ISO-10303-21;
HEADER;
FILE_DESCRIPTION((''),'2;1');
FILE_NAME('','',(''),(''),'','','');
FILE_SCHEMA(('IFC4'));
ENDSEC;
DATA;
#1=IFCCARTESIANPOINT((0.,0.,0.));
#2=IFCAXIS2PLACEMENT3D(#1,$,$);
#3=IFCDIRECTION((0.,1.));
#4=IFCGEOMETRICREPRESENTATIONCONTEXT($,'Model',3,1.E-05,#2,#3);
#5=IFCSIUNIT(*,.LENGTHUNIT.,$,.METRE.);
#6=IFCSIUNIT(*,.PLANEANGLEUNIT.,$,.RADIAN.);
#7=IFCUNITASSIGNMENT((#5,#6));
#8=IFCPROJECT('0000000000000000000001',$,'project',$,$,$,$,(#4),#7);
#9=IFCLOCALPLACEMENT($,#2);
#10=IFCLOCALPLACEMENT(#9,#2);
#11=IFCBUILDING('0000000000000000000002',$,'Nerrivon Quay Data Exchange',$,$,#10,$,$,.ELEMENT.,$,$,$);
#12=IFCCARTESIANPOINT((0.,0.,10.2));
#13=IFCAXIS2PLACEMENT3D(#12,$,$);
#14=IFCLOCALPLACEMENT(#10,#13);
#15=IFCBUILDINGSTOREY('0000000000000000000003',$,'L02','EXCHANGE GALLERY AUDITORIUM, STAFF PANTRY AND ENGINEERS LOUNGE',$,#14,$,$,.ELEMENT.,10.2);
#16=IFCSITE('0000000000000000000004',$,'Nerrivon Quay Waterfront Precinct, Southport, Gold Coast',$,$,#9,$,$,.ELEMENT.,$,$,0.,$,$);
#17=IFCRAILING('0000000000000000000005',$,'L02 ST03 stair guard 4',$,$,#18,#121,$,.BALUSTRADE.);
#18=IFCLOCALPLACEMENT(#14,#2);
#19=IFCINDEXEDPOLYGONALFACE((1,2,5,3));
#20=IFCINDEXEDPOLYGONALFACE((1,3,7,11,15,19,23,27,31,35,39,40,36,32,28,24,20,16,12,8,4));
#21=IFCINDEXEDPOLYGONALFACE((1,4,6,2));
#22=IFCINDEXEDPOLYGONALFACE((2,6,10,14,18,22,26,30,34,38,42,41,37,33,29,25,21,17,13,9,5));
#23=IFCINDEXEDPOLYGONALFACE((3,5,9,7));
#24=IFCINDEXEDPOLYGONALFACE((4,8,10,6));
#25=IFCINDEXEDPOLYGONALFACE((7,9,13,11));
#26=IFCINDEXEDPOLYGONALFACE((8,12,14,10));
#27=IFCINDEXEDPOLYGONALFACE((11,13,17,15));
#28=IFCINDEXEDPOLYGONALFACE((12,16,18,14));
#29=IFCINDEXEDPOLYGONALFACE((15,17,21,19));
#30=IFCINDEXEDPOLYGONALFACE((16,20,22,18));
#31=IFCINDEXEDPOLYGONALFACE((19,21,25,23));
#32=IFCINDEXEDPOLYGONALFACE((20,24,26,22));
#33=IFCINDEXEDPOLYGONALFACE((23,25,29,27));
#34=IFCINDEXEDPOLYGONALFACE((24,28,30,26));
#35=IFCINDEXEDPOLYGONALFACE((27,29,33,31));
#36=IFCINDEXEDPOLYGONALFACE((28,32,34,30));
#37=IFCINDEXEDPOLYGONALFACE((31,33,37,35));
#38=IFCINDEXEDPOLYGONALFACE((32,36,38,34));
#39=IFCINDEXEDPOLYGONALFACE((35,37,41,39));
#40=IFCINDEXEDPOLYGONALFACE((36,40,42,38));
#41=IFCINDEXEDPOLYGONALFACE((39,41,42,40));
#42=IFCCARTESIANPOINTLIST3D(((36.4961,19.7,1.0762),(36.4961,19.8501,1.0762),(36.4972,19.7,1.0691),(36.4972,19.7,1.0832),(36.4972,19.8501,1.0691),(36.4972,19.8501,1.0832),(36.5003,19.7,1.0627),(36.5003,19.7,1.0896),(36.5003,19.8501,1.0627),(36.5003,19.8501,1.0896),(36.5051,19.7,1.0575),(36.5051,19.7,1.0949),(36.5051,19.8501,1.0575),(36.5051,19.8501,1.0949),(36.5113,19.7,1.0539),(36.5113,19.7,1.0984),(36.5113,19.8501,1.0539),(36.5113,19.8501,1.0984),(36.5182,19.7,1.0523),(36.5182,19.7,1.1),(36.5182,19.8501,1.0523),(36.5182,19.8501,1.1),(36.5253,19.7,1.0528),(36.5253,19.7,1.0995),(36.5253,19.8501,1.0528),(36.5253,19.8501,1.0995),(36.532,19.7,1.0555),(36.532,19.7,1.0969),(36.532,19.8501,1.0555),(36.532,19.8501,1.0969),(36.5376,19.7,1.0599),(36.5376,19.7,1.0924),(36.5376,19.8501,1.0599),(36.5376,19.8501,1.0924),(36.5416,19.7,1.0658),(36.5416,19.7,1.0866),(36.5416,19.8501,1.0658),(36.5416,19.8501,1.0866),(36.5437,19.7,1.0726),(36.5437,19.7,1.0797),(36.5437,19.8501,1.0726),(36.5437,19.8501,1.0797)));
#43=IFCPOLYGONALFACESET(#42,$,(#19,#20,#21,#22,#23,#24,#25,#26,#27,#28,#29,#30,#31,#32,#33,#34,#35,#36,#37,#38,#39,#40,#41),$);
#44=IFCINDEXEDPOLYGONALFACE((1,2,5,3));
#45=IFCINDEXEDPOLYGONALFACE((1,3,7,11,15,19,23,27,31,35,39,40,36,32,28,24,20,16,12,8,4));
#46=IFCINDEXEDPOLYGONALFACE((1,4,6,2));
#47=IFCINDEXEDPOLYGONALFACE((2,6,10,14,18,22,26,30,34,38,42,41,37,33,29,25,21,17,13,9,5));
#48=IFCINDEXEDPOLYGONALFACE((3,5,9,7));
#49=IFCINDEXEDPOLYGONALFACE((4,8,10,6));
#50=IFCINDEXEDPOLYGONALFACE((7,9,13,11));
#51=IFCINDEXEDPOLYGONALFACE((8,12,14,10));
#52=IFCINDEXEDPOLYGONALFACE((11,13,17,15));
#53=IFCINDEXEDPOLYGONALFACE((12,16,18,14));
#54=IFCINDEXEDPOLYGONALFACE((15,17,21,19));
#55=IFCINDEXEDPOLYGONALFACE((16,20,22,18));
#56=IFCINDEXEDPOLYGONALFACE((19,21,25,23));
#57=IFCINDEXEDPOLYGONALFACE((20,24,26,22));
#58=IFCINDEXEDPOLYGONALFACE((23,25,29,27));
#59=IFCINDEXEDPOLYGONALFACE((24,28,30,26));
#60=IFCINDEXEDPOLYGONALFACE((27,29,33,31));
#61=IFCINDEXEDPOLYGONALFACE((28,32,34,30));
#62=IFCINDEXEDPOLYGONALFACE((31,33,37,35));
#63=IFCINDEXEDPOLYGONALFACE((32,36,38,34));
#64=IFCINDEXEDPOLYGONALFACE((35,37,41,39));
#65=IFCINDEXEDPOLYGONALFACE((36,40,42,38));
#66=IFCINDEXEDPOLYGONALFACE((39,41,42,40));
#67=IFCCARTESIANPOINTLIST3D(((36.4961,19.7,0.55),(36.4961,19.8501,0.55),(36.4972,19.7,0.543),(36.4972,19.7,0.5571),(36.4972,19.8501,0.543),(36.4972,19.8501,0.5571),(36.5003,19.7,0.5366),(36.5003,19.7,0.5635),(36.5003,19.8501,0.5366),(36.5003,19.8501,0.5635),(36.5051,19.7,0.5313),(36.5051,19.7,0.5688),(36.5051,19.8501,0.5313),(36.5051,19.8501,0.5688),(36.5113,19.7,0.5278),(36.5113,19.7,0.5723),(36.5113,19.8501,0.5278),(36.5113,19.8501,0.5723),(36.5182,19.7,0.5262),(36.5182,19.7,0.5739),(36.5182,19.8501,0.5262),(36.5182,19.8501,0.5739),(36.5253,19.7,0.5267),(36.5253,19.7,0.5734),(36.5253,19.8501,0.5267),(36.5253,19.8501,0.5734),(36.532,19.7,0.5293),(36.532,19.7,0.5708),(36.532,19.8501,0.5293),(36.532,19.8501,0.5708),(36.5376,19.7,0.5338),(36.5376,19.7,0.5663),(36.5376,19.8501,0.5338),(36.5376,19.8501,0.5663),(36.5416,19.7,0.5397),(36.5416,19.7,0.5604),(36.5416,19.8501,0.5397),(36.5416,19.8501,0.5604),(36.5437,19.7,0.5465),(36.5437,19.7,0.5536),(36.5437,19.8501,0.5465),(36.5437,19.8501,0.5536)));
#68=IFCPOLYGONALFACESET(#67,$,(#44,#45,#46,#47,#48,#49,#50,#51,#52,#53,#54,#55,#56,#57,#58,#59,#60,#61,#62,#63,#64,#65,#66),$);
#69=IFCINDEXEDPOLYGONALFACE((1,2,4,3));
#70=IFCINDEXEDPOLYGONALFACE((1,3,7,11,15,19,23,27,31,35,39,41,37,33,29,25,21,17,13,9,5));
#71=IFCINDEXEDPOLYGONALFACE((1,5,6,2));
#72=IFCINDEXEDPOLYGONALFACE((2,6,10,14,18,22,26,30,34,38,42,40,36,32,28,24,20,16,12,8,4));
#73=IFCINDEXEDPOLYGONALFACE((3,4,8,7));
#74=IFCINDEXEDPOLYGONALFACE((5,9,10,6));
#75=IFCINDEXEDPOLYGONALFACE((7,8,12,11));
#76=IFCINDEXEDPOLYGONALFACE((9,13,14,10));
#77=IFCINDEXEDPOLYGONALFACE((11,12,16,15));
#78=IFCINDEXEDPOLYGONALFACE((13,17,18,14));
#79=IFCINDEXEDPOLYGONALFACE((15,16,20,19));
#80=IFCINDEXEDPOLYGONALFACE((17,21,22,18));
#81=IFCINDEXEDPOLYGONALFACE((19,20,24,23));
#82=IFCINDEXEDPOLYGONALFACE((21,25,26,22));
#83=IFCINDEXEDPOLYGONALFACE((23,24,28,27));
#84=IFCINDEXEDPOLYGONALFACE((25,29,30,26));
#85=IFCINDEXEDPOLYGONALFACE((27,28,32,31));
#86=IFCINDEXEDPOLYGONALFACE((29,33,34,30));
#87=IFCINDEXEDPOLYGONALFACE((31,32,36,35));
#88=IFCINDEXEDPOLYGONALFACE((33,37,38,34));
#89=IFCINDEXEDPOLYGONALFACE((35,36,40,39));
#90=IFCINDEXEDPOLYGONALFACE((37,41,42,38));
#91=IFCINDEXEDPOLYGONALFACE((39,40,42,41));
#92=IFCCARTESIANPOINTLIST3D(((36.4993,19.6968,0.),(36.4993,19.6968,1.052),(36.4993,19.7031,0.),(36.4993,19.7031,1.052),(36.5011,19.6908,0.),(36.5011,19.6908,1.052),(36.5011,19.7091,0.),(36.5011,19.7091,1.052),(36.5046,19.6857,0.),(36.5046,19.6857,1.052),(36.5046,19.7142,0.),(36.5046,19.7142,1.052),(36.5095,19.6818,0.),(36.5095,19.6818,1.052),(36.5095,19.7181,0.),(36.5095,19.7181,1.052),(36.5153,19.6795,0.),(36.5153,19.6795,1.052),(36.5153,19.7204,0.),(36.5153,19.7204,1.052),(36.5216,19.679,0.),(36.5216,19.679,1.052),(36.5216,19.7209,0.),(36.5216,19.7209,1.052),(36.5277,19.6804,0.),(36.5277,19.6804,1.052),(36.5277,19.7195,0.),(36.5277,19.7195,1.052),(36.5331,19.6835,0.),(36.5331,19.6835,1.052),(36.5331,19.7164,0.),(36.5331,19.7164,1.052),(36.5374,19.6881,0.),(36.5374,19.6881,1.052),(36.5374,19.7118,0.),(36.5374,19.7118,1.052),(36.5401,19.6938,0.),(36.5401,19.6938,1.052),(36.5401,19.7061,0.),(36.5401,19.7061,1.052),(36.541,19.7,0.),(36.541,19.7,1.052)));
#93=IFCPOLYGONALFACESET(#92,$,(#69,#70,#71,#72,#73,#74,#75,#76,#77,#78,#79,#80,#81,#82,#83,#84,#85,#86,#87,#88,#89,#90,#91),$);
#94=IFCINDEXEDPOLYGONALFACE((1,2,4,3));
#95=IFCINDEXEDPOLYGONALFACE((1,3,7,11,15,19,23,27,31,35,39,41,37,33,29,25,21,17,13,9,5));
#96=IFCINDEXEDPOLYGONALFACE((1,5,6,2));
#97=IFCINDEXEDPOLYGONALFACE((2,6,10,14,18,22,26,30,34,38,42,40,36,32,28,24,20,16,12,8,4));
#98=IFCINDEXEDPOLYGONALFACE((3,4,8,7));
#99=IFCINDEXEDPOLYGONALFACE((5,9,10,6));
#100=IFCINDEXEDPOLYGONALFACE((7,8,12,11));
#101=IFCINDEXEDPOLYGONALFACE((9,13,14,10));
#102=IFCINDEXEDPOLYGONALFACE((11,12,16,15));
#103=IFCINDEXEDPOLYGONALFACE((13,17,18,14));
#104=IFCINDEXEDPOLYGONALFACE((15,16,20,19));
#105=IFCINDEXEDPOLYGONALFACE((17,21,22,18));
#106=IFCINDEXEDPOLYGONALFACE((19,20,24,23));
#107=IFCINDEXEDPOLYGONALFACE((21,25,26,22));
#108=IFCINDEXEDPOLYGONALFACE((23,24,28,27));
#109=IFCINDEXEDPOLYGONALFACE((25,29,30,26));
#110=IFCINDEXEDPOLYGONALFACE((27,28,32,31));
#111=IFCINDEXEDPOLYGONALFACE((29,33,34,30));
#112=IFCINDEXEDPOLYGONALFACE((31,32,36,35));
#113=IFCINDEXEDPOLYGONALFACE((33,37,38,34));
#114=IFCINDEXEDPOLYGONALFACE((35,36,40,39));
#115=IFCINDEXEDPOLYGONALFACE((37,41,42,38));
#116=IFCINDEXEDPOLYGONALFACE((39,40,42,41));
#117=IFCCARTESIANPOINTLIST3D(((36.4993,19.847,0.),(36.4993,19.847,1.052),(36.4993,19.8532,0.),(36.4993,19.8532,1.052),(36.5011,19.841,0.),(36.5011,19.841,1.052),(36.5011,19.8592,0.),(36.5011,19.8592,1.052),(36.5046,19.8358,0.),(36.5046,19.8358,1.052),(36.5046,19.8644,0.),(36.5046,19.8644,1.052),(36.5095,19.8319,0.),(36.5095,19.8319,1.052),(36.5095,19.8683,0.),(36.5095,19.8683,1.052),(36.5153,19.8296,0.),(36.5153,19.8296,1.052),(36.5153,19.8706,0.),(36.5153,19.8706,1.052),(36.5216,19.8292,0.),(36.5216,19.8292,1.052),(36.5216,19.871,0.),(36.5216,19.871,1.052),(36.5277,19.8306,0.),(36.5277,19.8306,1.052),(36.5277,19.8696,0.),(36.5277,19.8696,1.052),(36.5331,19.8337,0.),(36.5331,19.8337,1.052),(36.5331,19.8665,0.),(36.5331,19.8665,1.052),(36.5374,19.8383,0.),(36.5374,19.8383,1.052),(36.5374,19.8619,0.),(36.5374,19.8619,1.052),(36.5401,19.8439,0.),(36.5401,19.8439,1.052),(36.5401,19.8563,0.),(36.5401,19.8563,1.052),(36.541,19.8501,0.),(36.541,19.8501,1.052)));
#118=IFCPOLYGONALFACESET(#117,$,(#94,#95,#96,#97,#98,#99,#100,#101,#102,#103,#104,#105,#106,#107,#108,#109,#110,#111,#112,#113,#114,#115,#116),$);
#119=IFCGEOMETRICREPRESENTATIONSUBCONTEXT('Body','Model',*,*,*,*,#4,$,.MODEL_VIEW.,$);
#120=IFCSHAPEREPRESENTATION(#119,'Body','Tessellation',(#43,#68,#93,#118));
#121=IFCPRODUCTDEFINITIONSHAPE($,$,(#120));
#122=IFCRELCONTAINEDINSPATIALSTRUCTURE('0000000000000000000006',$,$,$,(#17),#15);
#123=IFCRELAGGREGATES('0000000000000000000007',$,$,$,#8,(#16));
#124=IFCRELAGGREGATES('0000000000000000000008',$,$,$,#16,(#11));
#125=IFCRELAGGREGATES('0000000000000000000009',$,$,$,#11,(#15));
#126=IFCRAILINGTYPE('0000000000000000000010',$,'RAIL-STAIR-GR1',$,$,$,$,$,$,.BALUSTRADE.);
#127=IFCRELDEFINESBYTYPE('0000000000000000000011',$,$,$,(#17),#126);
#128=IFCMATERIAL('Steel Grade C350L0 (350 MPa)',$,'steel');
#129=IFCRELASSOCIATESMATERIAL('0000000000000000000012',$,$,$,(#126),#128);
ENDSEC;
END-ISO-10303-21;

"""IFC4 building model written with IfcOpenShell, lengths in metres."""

from ifc_helpers import new_model, si_unit, direction, frame, origin, origin_2d, place, context, subcontext, project, spatial, circle, extrude, material, type_object, element, save


model = new_model("IFC4")

# Units and contexts
model_context = context("Model", 3, precision=1e-05, world=origin(), true_north=direction((0.0, 1.0)))
body_context = subcontext(model_context, "Body", "Model", "MODEL_VIEW")
ifc_project = project(units=[si_unit("LENGTHUNIT", "METRE"), si_unit("PLANEANGLEUNIT", "RADIAN")], contexts=[model_context])

# Site, building, storey
site_placement = place(None, origin())
site = spatial("IfcSite", under=ifc_project, at=site_placement, Name="Nerrivon Quay Waterfront Precinct, Southport, Gold Coast", CompositionType="ELEMENT", RefElevation=0.0)
building_placement = place(site_placement, origin())
building = spatial("IfcBuilding", under=site, at=building_placement, Name="Nerrivon Quay Data Exchange", CompositionType="ELEMENT")
storey_placement = place(building_placement, frame((0.0, 0.0, 10.2)))
storey = spatial("IfcBuildingStorey", under=building, at=storey_placement, Name="L02", Description="EXCHANGE GALLERY AUDITORIUM, STAFF PANTRY AND ENGINEERS LOUNGE", CompositionType="ELEMENT", Elevation=10.2)

# Railing
ifc_material_1 = material(Name="Steel Grade C350L0 (350 MPa)", Category="steel")
railing_type_1 = type_object("IfcRailingType", Name="RAIL-STAIR-GR1", PredefinedType="BALUSTRADE", material=ifc_material_1)
railing_1_placement = place(storey_placement, frame((36.52, 19.7, 0.0)))
element("IfcRailing", 1, at=railing_1_placement, inside=storey, type_object=railing_type_1, Name="L02 ST03 stair guard 4", PredefinedType="BALUSTRADE", context=body_context, shape_type="SweptSolid", body=[
    extrude(circle(Radius=0.0239, at=origin_2d()), frame((0.0, 0.0, 1.0762), z_axis=(0.0, 1.0, 0.0), x_axis=(-1.0, 0.0, 0.0)), (0.0, 0.0, 1.0), 0.1501),
    extrude(circle(Radius=0.0239, at=origin_2d()), frame((0.0, 0.0, 0.55), z_axis=(0.0, 1.0, 0.0), x_axis=(-1.0, 0.0, 0.0)), (0.0, 0.0, 1.0), 0.1501),
    extrude(circle(Radius=0.021, at=origin_2d()), origin(), (0.0, 0.0, 1.0), 1.052),
    extrude(circle(Radius=0.021, at=origin_2d()), frame((0.0, 0.1501, 0.0)), (0.0, 0.0, 1.0), 1.052),
])

save(model, "model.ifc")
